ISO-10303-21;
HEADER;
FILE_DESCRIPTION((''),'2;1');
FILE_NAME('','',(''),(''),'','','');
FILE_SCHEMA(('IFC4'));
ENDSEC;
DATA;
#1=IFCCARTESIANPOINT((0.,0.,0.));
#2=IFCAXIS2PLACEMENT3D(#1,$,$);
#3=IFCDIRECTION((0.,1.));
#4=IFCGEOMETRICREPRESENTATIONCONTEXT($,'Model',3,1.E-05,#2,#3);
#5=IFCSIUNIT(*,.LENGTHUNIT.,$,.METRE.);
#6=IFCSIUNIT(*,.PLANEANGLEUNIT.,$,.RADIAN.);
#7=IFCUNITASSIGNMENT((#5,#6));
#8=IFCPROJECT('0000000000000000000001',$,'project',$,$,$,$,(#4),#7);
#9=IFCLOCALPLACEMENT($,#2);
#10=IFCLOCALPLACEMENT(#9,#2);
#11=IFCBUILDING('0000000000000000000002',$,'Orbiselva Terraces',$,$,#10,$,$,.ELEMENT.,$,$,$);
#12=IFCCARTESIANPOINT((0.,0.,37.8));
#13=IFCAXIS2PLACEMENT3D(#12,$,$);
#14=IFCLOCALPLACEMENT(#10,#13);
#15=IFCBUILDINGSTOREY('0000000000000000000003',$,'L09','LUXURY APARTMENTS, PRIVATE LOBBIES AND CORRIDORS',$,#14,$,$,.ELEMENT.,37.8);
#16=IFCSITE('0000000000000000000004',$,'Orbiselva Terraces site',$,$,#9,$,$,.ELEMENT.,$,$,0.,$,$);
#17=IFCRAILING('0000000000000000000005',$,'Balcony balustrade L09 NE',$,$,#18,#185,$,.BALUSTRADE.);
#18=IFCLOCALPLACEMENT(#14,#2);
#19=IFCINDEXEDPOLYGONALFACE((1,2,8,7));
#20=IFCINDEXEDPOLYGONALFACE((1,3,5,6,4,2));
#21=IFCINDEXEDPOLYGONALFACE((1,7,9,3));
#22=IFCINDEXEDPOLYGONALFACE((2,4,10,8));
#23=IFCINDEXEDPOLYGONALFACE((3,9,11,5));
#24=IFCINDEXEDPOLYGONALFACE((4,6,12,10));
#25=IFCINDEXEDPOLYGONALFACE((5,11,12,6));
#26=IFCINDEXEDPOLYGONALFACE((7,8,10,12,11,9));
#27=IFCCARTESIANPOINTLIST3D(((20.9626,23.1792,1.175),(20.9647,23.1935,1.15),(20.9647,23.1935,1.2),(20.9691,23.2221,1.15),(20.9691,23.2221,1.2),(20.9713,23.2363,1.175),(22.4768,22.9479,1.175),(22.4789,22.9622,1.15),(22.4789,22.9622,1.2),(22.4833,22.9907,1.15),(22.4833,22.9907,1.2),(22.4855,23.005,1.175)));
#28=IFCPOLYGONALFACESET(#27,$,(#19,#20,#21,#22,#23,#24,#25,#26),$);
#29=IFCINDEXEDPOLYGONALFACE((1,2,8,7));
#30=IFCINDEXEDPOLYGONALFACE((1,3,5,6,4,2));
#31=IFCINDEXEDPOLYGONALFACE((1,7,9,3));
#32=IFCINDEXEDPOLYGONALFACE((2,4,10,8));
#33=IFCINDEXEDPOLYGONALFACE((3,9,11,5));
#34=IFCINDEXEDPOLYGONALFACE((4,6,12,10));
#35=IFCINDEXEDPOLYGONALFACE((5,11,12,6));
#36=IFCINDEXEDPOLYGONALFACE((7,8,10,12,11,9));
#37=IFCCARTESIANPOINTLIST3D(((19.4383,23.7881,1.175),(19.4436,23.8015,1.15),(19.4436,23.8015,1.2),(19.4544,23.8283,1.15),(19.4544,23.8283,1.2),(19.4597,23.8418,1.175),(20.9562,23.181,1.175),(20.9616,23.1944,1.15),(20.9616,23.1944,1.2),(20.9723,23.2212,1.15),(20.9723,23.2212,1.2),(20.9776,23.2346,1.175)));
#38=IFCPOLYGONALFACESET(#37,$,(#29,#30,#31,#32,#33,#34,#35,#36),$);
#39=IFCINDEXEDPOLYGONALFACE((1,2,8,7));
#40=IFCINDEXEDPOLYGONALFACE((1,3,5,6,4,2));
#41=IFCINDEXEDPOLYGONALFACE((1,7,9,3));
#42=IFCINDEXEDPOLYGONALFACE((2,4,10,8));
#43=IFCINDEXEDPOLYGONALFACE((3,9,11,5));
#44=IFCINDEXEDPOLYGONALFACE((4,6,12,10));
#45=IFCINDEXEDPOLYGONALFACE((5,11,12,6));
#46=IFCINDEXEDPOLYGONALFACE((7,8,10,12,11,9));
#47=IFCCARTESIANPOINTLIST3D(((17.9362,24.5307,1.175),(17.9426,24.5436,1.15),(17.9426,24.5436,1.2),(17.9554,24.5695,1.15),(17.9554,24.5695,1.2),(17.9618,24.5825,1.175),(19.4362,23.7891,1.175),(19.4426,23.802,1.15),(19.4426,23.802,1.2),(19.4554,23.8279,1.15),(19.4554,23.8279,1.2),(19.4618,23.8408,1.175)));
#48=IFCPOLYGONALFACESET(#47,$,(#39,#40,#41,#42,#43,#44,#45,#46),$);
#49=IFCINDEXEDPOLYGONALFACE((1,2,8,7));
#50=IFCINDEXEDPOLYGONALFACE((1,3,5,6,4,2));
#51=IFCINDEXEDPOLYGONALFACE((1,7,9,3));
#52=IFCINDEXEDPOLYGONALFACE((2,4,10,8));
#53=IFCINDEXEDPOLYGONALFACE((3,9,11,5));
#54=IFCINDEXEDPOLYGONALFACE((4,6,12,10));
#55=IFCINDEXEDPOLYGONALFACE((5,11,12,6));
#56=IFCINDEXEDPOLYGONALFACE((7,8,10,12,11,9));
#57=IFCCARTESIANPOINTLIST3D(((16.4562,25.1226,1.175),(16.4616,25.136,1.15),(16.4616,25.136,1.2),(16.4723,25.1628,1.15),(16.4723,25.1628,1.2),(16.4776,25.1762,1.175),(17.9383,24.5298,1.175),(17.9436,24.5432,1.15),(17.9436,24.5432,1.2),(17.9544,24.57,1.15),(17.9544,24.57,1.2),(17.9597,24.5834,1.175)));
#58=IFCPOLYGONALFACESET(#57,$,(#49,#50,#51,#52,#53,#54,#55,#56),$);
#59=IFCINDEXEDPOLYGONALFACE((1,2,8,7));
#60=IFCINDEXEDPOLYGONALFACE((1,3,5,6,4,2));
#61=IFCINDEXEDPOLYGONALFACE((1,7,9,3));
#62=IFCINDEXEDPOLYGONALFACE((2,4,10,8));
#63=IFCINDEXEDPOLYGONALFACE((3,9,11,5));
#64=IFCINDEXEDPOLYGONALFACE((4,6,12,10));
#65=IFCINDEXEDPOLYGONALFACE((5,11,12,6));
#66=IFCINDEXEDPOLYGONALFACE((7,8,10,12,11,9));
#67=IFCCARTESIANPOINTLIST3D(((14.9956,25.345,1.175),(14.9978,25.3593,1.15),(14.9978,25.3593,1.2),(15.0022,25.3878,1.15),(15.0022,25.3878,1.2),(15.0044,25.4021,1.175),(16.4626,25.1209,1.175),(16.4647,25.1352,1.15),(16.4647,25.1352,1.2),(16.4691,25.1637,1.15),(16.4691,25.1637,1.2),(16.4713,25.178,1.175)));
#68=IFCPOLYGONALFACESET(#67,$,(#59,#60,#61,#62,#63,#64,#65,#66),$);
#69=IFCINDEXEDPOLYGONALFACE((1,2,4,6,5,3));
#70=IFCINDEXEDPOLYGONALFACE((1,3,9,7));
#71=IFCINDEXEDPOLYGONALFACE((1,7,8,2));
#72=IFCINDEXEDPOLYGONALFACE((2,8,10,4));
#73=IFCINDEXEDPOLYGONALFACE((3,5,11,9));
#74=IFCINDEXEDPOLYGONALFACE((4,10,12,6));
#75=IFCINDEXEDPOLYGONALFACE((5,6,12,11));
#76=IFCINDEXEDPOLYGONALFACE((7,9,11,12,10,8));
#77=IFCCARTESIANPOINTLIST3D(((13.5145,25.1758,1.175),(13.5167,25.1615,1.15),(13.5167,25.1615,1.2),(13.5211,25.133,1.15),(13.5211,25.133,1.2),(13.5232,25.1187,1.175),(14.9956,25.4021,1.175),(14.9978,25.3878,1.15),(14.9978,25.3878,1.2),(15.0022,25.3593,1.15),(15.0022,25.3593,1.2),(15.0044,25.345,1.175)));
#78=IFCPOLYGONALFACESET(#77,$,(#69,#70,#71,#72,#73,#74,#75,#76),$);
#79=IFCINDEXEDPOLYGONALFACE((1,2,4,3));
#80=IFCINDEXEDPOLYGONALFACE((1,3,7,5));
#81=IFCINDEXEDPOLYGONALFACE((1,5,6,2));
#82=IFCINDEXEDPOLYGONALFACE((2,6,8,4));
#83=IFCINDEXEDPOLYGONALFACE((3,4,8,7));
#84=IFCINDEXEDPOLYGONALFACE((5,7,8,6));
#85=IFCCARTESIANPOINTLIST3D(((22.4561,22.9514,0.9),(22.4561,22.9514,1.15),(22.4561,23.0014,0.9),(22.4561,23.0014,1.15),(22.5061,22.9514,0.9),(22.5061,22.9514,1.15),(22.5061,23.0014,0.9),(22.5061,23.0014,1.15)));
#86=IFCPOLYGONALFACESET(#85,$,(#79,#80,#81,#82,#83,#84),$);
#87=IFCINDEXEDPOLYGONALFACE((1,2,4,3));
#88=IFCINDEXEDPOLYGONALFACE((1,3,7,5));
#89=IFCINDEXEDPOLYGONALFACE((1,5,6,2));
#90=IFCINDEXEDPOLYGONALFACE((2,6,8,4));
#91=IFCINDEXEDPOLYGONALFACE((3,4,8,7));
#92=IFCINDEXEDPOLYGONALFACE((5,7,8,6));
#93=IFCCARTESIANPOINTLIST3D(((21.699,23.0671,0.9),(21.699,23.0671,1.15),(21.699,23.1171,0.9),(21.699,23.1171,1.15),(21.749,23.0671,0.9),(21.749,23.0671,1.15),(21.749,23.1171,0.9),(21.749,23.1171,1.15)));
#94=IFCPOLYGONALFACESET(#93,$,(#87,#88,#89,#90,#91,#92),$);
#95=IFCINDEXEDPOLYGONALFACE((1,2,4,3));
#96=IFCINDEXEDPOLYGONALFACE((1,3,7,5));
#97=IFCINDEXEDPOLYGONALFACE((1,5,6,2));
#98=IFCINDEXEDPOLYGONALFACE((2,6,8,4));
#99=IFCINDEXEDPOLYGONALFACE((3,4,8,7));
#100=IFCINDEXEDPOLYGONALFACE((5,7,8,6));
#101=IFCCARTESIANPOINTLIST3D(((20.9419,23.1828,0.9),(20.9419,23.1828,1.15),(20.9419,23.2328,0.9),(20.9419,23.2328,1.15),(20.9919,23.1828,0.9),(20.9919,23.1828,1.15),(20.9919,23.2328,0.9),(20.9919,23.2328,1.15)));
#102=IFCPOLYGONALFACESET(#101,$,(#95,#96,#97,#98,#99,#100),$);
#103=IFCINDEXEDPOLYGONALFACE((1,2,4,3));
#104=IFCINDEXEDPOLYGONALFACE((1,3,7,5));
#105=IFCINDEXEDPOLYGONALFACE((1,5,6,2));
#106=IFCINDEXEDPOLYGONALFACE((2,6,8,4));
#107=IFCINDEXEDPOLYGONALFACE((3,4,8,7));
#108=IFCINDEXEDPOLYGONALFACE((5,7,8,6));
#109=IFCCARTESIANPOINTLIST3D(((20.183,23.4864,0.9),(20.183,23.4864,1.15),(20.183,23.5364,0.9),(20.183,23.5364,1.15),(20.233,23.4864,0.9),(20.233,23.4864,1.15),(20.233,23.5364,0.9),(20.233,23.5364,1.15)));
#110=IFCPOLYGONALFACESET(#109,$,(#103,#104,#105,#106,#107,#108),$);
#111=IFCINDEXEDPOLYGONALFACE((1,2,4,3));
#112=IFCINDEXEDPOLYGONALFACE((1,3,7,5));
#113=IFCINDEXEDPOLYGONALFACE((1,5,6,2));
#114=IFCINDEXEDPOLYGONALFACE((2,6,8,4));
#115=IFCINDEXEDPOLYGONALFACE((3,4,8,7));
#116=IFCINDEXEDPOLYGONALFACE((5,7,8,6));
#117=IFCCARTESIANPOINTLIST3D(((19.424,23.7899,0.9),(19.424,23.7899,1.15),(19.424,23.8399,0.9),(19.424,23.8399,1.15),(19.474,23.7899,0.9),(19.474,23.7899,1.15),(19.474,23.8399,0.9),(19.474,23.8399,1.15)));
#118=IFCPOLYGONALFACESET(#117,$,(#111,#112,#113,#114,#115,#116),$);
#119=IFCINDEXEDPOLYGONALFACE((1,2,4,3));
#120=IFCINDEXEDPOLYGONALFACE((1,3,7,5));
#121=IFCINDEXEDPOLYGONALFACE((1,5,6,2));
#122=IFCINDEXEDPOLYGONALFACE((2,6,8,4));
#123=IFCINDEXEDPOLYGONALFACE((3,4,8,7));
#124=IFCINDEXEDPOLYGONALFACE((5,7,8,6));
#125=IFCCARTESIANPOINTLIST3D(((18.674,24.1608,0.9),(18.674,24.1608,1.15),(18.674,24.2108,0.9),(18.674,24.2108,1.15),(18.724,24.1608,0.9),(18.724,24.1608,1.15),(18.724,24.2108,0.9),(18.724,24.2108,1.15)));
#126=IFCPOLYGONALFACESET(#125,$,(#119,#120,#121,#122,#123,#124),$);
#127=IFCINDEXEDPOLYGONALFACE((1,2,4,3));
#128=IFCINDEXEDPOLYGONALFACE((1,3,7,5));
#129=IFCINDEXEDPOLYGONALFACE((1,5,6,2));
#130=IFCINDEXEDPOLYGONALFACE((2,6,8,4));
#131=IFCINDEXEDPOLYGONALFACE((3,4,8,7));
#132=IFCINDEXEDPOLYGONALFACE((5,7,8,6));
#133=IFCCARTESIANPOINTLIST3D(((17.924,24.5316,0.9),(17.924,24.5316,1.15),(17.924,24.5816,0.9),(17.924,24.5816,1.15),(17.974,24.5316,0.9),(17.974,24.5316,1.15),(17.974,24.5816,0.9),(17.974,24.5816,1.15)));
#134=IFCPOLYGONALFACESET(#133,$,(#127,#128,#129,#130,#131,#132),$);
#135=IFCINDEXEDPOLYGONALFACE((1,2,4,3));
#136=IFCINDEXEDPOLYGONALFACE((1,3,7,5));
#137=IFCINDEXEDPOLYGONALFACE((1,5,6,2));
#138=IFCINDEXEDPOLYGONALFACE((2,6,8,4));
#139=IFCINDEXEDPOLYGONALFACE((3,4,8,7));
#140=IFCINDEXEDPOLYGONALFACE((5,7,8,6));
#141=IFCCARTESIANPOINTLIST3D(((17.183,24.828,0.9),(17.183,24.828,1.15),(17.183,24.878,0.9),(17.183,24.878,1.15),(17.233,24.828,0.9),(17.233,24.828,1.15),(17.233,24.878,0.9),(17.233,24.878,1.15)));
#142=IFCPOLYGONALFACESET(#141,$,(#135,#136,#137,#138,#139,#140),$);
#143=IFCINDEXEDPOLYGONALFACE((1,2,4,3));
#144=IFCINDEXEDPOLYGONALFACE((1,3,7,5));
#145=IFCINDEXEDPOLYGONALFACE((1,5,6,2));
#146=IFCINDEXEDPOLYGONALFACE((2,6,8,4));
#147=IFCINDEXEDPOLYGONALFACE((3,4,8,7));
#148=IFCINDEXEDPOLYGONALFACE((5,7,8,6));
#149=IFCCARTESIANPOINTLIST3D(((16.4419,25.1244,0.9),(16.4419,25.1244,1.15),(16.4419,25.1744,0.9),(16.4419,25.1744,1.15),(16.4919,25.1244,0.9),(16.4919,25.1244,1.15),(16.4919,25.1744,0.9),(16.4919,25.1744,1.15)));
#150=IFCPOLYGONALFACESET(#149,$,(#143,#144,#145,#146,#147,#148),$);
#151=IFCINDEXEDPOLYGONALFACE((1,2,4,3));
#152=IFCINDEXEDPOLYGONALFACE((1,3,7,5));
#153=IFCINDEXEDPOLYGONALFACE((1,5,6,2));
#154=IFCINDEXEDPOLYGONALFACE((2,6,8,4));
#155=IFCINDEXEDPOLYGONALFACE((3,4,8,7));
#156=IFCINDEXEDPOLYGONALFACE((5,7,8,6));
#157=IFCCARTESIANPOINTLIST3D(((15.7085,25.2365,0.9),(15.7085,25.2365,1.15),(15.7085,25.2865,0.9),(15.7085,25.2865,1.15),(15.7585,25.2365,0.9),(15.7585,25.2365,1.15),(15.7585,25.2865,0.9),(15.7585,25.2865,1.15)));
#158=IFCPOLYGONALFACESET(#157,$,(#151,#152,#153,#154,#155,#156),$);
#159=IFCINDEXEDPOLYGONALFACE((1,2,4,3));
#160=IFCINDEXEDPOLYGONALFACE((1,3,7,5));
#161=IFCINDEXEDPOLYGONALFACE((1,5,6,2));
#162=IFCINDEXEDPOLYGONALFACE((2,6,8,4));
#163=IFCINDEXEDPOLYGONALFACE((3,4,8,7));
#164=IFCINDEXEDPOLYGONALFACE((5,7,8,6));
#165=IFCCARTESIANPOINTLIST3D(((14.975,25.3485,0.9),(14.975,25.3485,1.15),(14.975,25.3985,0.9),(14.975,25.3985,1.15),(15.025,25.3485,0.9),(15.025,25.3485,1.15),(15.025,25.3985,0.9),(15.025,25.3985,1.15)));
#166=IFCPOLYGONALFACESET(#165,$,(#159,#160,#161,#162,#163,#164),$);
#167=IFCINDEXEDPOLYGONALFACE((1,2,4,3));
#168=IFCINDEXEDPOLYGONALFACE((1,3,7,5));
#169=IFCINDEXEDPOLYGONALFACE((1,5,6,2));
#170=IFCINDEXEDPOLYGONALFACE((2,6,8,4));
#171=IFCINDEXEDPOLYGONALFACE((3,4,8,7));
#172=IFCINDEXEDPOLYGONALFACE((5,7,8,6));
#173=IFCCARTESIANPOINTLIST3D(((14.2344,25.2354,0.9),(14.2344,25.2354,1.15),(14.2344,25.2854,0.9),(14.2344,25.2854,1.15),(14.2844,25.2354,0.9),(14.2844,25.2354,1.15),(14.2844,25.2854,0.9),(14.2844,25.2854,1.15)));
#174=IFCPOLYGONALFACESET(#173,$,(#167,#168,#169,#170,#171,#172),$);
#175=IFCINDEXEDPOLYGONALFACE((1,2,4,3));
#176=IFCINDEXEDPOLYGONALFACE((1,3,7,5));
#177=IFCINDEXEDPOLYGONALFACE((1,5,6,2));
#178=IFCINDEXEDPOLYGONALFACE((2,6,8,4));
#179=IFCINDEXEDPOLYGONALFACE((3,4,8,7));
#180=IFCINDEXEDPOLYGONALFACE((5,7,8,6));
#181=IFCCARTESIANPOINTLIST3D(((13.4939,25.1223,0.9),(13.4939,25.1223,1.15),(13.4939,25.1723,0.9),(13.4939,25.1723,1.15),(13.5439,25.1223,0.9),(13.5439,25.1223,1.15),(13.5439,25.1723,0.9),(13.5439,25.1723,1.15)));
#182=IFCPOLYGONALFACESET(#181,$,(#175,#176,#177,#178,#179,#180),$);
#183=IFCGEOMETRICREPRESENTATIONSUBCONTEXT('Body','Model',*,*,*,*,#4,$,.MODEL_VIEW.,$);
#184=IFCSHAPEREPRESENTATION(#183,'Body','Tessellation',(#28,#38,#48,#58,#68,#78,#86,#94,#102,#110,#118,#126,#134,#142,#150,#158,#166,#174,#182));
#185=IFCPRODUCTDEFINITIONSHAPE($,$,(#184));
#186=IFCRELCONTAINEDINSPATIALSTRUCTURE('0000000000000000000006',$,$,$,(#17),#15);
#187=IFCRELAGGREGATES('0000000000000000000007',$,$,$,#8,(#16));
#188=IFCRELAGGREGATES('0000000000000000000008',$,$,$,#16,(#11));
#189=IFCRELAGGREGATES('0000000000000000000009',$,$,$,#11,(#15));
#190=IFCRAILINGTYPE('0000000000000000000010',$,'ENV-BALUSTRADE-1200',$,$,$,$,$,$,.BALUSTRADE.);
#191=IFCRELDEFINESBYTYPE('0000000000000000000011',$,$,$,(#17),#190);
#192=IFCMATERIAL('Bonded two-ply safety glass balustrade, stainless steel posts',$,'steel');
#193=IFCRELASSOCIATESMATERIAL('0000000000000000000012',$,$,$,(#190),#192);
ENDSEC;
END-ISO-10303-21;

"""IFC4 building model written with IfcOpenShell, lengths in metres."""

from ifc_helpers import new_model, si_unit, direction, frame, origin, origin_2d, place, context, subcontext, project, spatial, polyline, rectangle, outline, extrude, material, type_object, element, save


model = new_model("IFC4")

# Units and contexts
model_context = context("Model", 3, precision=1e-05, world=origin(), true_north=direction((0.0, 1.0)))
body_context = subcontext(model_context, "Body", "Model", "MODEL_VIEW")
ifc_project = project(units=[si_unit("LENGTHUNIT", "METRE"), si_unit("PLANEANGLEUNIT", "RADIAN")], contexts=[model_context])

# Site, building, storey
site_placement = place(None, origin())
site = spatial("IfcSite", under=ifc_project, at=site_placement, Name="Orbiselva Terraces site", CompositionType="ELEMENT", RefElevation=0.0)
building_placement = place(site_placement, origin())
building = spatial("IfcBuilding", under=site, at=building_placement, Name="Orbiselva Terraces", CompositionType="ELEMENT")
storey_placement = place(building_placement, frame((0.0, 0.0, 37.8)))
storey = spatial("IfcBuildingStorey", under=building, at=storey_placement, Name="L09", Description="LUXURY APARTMENTS, PRIVATE LOBBIES AND CORRIDORS", CompositionType="ELEMENT", Elevation=37.8)

# Railing
ifc_material_1 = material(Name="Bonded two-ply safety glass balustrade, stainless steel posts", Category="steel")
railing_type_1 = type_object("IfcRailingType", Name="ENV-BALUSTRADE-1200", PredefinedType="BALUSTRADE", material=ifc_material_1)
railing_1_placement = place(storey_placement, frame((22.4811, 22.9764, 0.9)))
element("IfcRailing", 1, at=railing_1_placement, inside=storey, type_object=railing_type_1, Name="Balcony balustrade L09 NE", PredefinedType="BALUSTRADE", context=body_context, shape_type="SweptSolid", body=[
    extrude(outline(polyline([(0.0289, 0.0), (0.0144, 0.025), (-0.0144, 0.025), (-0.0289, 0.0), (-0.0144, -0.025), (0.0144, -0.025), (0.0289, 0.0)])), frame((0.0, 0.0, 0.275), z_axis=(-0.988529, 0.151034, 0.0), x_axis=(-0.151034, -0.988529, 0.0)), (0.0, 0.0, 1.0), 1.5318),
    extrude(outline(polyline([(0.0289, 0.0), (0.0144, 0.025), (-0.0144, 0.025), (-0.0289, 0.0), (-0.0144, -0.025), (0.0144, -0.025), (0.0289, 0.0)])), frame((-1.5142, 0.2314, 0.275), z_axis=(-0.928477, 0.37139, 0.0), x_axis=(-0.37139, -0.928477, 0.0)), (0.0, 0.0, 1.0), 1.6348),
    extrude(outline(polyline([(0.0289, 0.0), (0.0144, 0.025), (-0.0144, 0.025), (-0.0289, 0.0), (-0.0144, -0.025), (0.0144, -0.025), (0.0289, 0.0)])), frame((-3.0321, 0.8385, 0.275), z_axis=(-0.896417, 0.443212, 0.0), x_axis=(-0.443212, -0.896417, 0.0)), (0.0, 0.0, 1.0), 1.6733),
    extrude(outline(polyline([(0.0289, 0.0), (0.0144, 0.025), (-0.0144, 0.025), (-0.0289, 0.0), (-0.0144, -0.025), (0.0144, -0.025), (0.0289, 0.0)])), frame((-4.5321, 1.5802, 0.275), z_axis=(-0.928477, 0.371391, 0.0), x_axis=(-0.371391, -0.928477, 0.0)), (0.0, 0.0, 1.0), 1.5963),
    extrude(outline(polyline([(0.0289, 0.0), (0.0144, 0.025), (-0.0144, 0.025), (-0.0289, 0.0), (-0.0144, -0.025), (0.0144, -0.025), (0.0289, 0.0)])), frame((-6.0142, 2.173, 0.275), z_axis=(-0.988529, 0.151034, 0.0), x_axis=(-0.151034, -0.988529, 0.0)), (0.0, 0.0, 1.0), 1.4839),
    extrude(outline(polyline([(0.0289, 0.0), (0.0144, 0.025), (-0.0144, 0.025), (-0.0289, 0.0), (-0.0144, -0.025), (0.0144, -0.025), (0.0289, 0.0)])), frame((-7.4811, 2.3971, 0.275), z_axis=(-0.988529, -0.151034, 0.0), x_axis=(0.151034, -0.988529, 0.0)), (0.0, 0.0, 1.0), 1.4983),
    extrude(rectangle(XDim=0.05, YDim=0.05, at=origin_2d()), origin(), (0.0, 0.0, 1.0), 0.25),
    extrude(rectangle(XDim=0.05, YDim=0.05, at=origin_2d()), frame((-0.7571, 0.1157, 0.0)), (0.0, 0.0, 1.0), 0.25),
    extrude(rectangle(XDim=0.05, YDim=0.05, at=origin_2d()), frame((-1.5142, 0.2314, 0.0)), (0.0, 0.0, 1.0), 0.25),
    extrude(rectangle(XDim=0.05, YDim=0.05, at=origin_2d()), frame((-2.2732, 0.5349, 0.0)), (0.0, 0.0, 1.0), 0.25),
    extrude(rectangle(XDim=0.05, YDim=0.05, at=origin_2d()), frame((-3.0321, 0.8385, 0.0)), (0.0, 0.0, 1.0), 0.25),
    extrude(rectangle(XDim=0.05, YDim=0.05, at=origin_2d()), frame((-3.7821, 1.2093, 0.0)), (0.0, 0.0, 1.0), 0.25),
    extrude(rectangle(XDim=0.05, YDim=0.05, at=origin_2d()), frame((-4.5321, 1.5802, 0.0)), (0.0, 0.0, 1.0), 0.25),
    extrude(rectangle(XDim=0.05, YDim=0.05, at=origin_2d()), frame((-5.2732, 1.8766, 0.0)), (0.0, 0.0, 1.0), 0.25),
    extrude(rectangle(XDim=0.05, YDim=0.05, at=origin_2d()), frame((-6.0142, 2.173, 0.0)), (0.0, 0.0, 1.0), 0.25),
    extrude(rectangle(XDim=0.05, YDim=0.05, at=origin_2d()), frame((-6.7477, 2.2851, 0.0)), (0.0, 0.0, 1.0), 0.25),
    extrude(rectangle(XDim=0.05, YDim=0.05, at=origin_2d()), frame((-7.4811, 2.3971, 0.0)), (0.0, 0.0, 1.0), 0.25),
    extrude(rectangle(XDim=0.05, YDim=0.05, at=origin_2d()), frame((-8.2217, 2.284, 0.0)), (0.0, 0.0, 1.0), 0.25),
    extrude(rectangle(XDim=0.05, YDim=0.05, at=origin_2d()), frame((-8.9622, 2.1708, 0.0)), (0.0, 0.0, 1.0), 0.25),
])

save(model, "model.ifc")
